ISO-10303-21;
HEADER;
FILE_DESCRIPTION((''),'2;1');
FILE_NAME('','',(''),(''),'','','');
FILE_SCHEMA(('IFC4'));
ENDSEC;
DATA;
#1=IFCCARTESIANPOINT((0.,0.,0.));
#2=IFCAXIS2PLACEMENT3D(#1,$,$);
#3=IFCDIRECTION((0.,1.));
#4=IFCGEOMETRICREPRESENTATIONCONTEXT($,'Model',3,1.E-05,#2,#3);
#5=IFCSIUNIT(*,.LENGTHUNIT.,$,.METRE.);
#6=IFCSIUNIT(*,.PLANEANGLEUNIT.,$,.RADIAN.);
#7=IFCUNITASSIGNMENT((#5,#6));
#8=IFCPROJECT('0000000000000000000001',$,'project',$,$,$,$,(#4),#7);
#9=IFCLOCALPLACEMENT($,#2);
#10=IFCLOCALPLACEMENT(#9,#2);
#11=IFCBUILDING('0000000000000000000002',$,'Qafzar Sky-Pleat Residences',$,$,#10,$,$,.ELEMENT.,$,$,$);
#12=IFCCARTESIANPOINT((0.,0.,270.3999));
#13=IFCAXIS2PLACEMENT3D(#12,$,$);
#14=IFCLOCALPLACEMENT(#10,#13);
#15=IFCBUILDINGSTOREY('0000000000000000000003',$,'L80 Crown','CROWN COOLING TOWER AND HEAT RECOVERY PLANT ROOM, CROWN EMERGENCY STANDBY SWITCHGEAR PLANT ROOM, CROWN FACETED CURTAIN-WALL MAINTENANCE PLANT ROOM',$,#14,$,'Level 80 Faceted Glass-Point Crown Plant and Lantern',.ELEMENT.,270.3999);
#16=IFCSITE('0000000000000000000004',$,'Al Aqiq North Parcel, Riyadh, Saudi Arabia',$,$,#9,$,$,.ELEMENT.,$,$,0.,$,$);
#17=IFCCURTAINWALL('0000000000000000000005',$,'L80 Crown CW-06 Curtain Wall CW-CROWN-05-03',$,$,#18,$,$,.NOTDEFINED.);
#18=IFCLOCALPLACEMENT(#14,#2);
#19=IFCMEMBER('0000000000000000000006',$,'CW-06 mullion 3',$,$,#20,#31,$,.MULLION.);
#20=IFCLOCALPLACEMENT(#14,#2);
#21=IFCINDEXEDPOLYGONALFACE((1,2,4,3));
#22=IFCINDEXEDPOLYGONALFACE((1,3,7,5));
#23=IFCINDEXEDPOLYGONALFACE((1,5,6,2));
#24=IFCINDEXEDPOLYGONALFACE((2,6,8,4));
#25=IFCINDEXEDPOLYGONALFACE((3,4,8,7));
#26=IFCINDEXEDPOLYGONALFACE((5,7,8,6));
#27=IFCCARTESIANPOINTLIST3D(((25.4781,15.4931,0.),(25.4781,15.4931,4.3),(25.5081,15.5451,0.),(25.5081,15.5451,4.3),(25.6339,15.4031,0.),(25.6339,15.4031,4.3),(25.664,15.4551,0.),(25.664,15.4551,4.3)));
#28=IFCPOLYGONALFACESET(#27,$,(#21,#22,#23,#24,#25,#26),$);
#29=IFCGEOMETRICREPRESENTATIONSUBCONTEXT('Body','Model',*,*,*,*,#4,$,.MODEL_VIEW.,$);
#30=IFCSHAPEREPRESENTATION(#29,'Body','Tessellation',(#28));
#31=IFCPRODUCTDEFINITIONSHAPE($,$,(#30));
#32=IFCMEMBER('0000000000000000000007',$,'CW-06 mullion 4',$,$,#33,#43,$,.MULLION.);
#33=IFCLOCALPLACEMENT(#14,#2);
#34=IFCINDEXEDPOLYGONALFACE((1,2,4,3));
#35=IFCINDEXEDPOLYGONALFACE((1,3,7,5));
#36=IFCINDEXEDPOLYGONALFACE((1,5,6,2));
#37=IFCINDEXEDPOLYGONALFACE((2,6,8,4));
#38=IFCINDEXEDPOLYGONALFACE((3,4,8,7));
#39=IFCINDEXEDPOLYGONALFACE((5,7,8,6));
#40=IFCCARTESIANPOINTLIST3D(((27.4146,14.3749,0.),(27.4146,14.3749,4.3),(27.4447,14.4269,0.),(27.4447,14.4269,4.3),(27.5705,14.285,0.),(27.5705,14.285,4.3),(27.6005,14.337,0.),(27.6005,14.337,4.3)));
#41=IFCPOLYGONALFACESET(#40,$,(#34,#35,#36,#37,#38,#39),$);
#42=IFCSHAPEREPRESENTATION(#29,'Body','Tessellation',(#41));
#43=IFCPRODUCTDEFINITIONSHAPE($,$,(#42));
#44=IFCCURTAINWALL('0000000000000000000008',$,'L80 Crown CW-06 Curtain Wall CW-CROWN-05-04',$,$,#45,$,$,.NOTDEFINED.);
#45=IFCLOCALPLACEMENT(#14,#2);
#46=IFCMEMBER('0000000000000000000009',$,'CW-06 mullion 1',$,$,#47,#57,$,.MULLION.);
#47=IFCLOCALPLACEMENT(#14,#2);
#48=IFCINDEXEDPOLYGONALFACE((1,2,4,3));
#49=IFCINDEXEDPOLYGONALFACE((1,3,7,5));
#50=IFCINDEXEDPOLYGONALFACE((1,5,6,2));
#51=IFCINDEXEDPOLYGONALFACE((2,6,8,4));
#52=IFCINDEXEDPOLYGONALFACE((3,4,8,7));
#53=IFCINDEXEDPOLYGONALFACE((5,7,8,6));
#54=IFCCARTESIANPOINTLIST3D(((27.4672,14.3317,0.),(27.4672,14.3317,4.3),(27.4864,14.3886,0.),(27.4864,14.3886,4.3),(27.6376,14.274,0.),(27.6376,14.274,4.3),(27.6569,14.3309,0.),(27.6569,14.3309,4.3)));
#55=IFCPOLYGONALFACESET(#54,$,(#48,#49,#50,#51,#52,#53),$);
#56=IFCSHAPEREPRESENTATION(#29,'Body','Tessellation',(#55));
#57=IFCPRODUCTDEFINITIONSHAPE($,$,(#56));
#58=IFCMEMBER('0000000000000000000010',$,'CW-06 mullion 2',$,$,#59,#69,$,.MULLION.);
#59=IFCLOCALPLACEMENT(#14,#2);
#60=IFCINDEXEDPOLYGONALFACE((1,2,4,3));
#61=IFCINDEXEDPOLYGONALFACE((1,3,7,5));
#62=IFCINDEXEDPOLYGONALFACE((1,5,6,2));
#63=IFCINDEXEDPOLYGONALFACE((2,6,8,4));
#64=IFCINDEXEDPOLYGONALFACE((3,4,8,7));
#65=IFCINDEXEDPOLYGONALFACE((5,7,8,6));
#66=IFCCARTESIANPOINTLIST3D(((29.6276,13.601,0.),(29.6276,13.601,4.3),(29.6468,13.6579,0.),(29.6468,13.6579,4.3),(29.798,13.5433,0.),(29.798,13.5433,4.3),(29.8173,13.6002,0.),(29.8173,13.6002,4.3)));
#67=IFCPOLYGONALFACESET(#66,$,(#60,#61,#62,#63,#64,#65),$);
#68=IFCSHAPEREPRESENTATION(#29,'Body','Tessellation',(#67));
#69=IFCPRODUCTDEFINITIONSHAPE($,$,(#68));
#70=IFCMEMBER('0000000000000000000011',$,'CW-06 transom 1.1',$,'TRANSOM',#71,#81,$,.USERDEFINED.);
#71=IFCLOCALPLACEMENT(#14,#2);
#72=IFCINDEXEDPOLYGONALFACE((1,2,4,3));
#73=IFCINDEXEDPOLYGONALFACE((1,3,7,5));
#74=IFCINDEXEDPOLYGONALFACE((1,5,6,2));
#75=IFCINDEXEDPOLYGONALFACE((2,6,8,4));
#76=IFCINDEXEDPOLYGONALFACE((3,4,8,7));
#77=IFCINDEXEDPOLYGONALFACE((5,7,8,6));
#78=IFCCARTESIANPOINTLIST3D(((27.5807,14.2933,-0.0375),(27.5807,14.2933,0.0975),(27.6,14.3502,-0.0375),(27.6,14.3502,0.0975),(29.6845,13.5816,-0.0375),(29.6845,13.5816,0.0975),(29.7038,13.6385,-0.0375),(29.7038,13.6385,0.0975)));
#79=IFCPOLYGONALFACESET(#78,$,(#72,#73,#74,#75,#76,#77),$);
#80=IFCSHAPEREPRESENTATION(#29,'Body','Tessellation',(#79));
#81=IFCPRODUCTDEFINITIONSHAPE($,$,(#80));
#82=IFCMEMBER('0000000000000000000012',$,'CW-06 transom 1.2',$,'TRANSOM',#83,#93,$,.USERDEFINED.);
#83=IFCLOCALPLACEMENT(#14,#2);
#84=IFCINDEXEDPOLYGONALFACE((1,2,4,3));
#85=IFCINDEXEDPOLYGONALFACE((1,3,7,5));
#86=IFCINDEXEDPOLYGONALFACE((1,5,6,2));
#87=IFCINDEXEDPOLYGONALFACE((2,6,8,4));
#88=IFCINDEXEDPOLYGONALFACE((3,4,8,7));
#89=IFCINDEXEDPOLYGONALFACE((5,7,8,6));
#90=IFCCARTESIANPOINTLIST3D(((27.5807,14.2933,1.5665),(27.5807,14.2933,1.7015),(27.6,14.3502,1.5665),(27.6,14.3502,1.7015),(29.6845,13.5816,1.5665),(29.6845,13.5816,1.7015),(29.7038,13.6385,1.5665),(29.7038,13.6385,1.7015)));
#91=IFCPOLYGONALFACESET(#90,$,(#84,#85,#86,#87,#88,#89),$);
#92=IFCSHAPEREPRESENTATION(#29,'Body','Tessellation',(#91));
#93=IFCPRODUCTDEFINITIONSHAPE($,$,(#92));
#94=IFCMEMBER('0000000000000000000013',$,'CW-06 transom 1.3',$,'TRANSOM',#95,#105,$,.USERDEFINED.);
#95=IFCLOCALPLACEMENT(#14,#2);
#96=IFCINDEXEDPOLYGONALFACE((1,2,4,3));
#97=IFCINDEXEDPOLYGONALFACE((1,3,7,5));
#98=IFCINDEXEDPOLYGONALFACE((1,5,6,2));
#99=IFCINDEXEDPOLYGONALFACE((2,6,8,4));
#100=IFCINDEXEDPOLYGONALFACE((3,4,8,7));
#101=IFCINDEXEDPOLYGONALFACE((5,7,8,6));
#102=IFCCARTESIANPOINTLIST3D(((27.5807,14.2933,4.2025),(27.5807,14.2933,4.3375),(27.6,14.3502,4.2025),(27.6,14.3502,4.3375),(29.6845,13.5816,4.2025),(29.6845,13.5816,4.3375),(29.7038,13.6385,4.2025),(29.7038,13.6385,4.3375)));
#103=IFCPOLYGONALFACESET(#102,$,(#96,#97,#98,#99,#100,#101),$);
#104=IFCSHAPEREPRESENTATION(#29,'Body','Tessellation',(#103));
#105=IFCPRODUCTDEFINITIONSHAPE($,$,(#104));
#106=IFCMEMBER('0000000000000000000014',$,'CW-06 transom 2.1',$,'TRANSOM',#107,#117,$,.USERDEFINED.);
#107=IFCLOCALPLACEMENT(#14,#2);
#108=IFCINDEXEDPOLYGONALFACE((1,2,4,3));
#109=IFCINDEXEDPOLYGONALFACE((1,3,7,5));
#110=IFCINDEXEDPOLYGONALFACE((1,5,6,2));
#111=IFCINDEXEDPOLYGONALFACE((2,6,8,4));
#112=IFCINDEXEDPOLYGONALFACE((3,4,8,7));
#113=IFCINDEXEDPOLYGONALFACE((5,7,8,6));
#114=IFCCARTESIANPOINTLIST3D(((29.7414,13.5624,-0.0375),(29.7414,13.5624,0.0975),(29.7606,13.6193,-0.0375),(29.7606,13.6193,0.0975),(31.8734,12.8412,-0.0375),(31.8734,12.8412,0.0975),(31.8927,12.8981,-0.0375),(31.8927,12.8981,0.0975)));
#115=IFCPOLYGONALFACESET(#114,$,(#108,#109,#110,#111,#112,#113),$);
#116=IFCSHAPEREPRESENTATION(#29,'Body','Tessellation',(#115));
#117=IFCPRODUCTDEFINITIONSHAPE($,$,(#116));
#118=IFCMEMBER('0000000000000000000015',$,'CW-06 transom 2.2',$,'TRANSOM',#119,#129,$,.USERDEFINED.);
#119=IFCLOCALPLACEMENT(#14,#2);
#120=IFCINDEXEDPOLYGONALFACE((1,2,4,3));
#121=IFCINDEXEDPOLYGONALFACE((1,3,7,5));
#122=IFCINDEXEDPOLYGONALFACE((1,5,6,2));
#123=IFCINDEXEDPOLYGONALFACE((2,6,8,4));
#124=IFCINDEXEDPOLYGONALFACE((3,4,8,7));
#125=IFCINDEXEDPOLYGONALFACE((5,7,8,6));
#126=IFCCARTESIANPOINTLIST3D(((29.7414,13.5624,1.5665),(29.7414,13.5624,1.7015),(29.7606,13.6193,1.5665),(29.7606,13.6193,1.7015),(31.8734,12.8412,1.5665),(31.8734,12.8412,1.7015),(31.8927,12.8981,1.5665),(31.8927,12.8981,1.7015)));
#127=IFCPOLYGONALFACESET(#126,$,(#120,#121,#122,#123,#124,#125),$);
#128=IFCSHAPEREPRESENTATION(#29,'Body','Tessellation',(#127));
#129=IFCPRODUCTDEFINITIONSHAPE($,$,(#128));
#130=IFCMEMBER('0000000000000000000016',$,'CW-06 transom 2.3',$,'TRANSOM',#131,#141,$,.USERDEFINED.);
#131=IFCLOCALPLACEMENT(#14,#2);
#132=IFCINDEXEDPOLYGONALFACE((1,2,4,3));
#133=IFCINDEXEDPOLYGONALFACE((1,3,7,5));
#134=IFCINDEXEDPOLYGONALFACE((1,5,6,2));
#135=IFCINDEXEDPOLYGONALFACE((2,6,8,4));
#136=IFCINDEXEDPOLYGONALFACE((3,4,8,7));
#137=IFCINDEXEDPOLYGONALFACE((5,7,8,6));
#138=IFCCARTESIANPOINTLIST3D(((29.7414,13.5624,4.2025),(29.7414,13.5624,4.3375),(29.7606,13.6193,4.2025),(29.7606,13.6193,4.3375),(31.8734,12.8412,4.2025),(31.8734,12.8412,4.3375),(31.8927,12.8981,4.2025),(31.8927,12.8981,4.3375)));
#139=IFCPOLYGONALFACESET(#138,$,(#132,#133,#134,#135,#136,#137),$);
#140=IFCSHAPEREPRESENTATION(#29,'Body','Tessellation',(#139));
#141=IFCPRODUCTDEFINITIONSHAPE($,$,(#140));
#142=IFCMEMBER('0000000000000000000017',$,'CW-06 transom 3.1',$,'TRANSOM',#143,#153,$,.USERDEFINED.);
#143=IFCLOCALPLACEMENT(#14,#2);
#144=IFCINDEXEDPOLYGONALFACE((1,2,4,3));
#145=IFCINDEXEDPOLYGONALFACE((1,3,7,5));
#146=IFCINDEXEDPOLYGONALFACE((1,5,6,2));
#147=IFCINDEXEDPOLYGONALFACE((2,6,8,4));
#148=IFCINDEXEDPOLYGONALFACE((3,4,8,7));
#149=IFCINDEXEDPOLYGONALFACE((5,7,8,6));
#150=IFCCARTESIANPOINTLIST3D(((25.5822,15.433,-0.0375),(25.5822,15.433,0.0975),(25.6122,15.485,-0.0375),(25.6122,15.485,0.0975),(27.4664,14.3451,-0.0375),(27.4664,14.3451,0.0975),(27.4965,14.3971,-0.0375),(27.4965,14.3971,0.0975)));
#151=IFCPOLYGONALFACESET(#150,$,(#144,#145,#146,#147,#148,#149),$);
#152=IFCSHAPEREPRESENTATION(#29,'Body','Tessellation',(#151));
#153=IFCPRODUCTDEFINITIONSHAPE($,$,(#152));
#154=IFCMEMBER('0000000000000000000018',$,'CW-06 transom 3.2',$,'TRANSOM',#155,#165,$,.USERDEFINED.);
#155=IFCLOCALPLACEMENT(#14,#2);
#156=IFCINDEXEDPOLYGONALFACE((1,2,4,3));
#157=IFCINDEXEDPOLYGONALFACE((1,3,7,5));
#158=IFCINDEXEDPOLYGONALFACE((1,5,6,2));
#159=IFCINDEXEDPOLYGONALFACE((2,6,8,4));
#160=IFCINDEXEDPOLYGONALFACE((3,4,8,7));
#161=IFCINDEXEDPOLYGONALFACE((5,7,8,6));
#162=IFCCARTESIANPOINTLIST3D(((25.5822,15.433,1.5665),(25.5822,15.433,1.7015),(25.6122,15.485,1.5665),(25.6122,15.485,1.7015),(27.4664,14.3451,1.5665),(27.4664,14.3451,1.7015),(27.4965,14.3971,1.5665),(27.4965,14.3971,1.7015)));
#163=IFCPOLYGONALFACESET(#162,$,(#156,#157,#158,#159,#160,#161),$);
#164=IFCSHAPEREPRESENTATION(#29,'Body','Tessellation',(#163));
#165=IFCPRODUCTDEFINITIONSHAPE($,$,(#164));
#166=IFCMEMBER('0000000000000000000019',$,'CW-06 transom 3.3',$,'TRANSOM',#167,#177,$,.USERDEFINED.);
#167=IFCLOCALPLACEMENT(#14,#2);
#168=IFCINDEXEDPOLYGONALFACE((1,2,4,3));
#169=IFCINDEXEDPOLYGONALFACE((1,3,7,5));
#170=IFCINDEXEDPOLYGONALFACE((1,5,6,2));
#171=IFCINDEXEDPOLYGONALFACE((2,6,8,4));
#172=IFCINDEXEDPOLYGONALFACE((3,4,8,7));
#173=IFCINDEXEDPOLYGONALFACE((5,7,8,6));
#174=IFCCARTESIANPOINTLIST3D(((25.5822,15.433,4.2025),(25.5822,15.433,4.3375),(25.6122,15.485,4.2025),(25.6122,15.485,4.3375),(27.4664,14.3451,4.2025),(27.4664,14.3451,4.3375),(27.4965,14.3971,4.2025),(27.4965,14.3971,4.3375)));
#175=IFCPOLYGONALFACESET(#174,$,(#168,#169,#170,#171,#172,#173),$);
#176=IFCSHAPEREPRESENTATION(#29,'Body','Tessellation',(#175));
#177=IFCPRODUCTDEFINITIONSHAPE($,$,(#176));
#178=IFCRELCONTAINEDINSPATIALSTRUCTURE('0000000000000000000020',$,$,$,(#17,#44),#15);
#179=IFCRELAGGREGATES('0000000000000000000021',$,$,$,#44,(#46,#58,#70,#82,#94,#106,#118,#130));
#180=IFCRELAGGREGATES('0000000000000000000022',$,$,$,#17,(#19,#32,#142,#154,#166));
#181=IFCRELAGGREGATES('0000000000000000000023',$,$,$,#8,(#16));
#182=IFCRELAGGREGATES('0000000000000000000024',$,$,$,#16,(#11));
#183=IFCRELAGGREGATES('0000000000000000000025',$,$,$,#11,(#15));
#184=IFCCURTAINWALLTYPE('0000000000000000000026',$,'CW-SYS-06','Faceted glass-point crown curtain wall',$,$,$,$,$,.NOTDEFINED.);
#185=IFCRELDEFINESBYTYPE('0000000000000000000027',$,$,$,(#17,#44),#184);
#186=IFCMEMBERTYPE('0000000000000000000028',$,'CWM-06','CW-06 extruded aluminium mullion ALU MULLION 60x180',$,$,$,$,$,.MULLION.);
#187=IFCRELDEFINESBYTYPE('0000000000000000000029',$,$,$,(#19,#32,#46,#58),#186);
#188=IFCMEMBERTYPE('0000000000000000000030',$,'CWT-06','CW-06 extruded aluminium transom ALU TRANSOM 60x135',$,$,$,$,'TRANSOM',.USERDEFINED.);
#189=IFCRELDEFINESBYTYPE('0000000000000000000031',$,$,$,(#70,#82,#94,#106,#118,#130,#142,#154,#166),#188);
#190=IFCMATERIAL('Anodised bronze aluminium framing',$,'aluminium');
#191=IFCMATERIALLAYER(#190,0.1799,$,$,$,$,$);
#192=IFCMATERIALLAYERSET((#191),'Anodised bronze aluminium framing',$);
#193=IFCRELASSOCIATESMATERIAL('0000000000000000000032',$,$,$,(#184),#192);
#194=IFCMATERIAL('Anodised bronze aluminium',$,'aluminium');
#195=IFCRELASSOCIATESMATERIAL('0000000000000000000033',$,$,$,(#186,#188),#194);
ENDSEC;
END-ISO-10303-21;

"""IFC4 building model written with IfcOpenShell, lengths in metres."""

from ifc_helpers import new_model, si_unit, direction, frame, origin, origin_2d, place, context, subcontext, project, spatial, rectangle, extrude, source, transform, mapped, material, layer, layer_set, material_profile, profile_set, type_object, element, aggregate, save


model = new_model("IFC4")

# Units and contexts
model_context = context("Model", 3, precision=1e-05, world=origin(), true_north=direction((0.0, 1.0)))
body_context = subcontext(model_context, "Body", "Model", "MODEL_VIEW")
ifc_project = project(units=[si_unit("LENGTHUNIT", "METRE"), si_unit("PLANEANGLEUNIT", "RADIAN")], contexts=[model_context])

# Site, building, storey
site_placement = place(None, origin())
site = spatial("IfcSite", under=ifc_project, at=site_placement, Name="Al Aqiq North Parcel, Riyadh, Saudi Arabia", CompositionType="ELEMENT", RefElevation=0.0)
building_placement = place(site_placement, origin())
building = spatial("IfcBuilding", under=site, at=building_placement, Name="Qafzar Sky-Pleat Residences", CompositionType="ELEMENT")
storey_placement = place(building_placement, frame((0.0, 0.0, 270.3999)))
storey = spatial("IfcBuildingStorey", under=building, at=storey_placement, Name="L80 Crown", Description="CROWN COOLING TOWER AND HEAT RECOVERY PLANT ROOM, CROWN EMERGENCY STANDBY SWITCHGEAR PLANT ROOM, CROWN FACETED CURTAIN-WALL MAINTENANCE PLANT ROOM", LongName="Level 80 Faceted Glass-Point Crown Plant and Lantern", CompositionType="ELEMENT", Elevation=270.3999)

# Curtain walls, members
ifc_material_1 = material(Name="Anodised bronze aluminium framing", Category="aluminium")
ifc_layer_1 = layer(ifc_material_1, 0.1799)
ifc_layer_set_1 = layer_set([ifc_layer_1], Name="Anodised bronze aluminium framing")
curtain_wall_type = type_object("IfcCurtainWallType", Name="CW-SYS-06", Description="Faceted glass-point crown curtain wall", PredefinedType="NOTDEFINED", material=ifc_layer_set_1)
curtain_wall_1_placement = place(storey_placement, origin())
curtain_wall_1 = element("IfcCurtainWall", 1, at=curtain_wall_1_placement, inside=storey, type_object=curtain_wall_type, Name="L80 Crown CW-06 Curtain Wall CW-CROWN-05-03", PredefinedType="NOTDEFINED")
ifc_material_2 = material(Name="Anodised bronze aluminium", Category="aluminium")
ifc_material_profile_1 = material_profile(ifc_material_2, rectangle(XDim=0.0601, YDim=0.1799, at=origin_2d()), Name="ALU MULLION 60x180")
ifc_profile_set_1 = profile_set([ifc_material_profile_1], Name="Anodised bronze aluminium")
member_type_1 = type_object("IfcMemberType", Name="CWM-06", Description="CW-06 extruded aluminium mullion ALU MULLION 60x180", PredefinedType="MULLION", material=ifc_profile_set_1)
shared_shape_1 = source(origin(), body_context, "Body", "SweptSolid", [
    extrude(rectangle(XDim=0.0601, YDim=0.1799, at=origin_2d()), origin(), (0.0, 0.0, 1.0), 4.3),
])
member_1_placement = place(storey_placement, frame((25.571, 15.4741, 0.0), z_axis=(0.0, 0.0, 1.0), x_axis=(0.500003, 0.866024, 0.0)))
member_1 = element("IfcMember", 2, at=member_1_placement, type_object=member_type_1, Name="CW-06 mullion 3", PredefinedType="MULLION", context=body_context, shape_type="MappedRepresentation", body=[
    mapped(shared_shape_1, transform((0.0, 0.0, 0.0), x_axis=(1.0, 0.0, 0.0), y_axis=(0.0, 1.0, 0.0), z_axis=(0.0, 0.0, 1.0), scale=1.0)),
])
member_2_placement = place(storey_placement, frame((27.5076, 14.356, 0.0), z_axis=(0.0, 0.0, 1.0), x_axis=(0.500003, 0.866024, 0.0)))
member_2 = element("IfcMember", 3, at=member_2_placement, type_object=member_type_1, Name="CW-06 mullion 4", PredefinedType="MULLION", context=body_context, shape_type="MappedRepresentation", body=[
    mapped(shared_shape_1, transform((0.0, 0.0, 0.0), x_axis=(1.0, 0.0, 0.0), y_axis=(0.0, 1.0, 0.0), z_axis=(0.0, 0.0, 1.0), scale=1.0)),
])
curtain_wall_2_placement = place(storey_placement, origin())
curtain_wall_2 = element("IfcCurtainWall", 4, at=curtain_wall_2_placement, inside=storey, type_object=curtain_wall_type, Name="L80 Crown CW-06 Curtain Wall CW-CROWN-05-04", PredefinedType="NOTDEFINED")
member_3_placement = place(storey_placement, frame((27.562, 14.3313, 0.0), z_axis=(0.0, 0.0, 1.0), x_axis=(0.320439, 0.947269, 0.0)))
member_3 = element("IfcMember", 5, at=member_3_placement, type_object=member_type_1, Name="CW-06 mullion 1", PredefinedType="MULLION", context=body_context, shape_type="MappedRepresentation", body=[
    mapped(shared_shape_1, transform((0.0, 0.0, 0.0), x_axis=(1.0, 0.0, 0.0), y_axis=(0.0, 1.0, 0.0), z_axis=(0.0, 0.0, 1.0), scale=1.0)),
])
member_4_placement = place(storey_placement, frame((29.7224, 13.6006, 0.0), z_axis=(0.0, 0.0, 1.0), x_axis=(0.320439, 0.947269, 0.0)))
member_4 = element("IfcMember", 6, at=member_4_placement, type_object=member_type_1, Name="CW-06 mullion 2", PredefinedType="MULLION", context=body_context, shape_type="MappedRepresentation", body=[
    mapped(shared_shape_1, transform((0.0, 0.0, 0.0), x_axis=(1.0, 0.0, 0.0), y_axis=(0.0, 1.0, 0.0), z_axis=(0.0, 0.0, 1.0), scale=1.0)),
])
ifc_material_profile_2 = material_profile(ifc_material_2, rectangle(XDim=0.0601, YDim=0.135, at=origin_2d()), Name="ALU TRANSOM 60x135")
ifc_profile_set_2 = profile_set([ifc_material_profile_2], Name="Anodised bronze aluminium")
member_type_2 = type_object("IfcMemberType", Name="CWT-06", Description="CW-06 extruded aluminium transom ALU TRANSOM 60x135", ElementType="TRANSOM", PredefinedType="USERDEFINED", material=ifc_profile_set_2)
shared_shape_2 = source(origin(), body_context, "Body", "SweptSolid", [
    extrude(rectangle(XDim=0.0601, YDim=0.135, at=origin_2d()), origin(), (0.0, 0.0, 1.0), 2.2209),
])
member_5_placement = place(storey_placement, frame((27.5903, 14.3218, 0.03), z_axis=(0.947267, -0.320446, 0.0), x_axis=(0.320446, 0.947267, 0.0)))
member_5 = element("IfcMember", 7, at=member_5_placement, type_object=member_type_2, Name="CW-06 transom 1.1", ObjectType="TRANSOM", PredefinedType="USERDEFINED", context=body_context, shape_type="MappedRepresentation", body=[
    mapped(shared_shape_2, transform((0.0, 0.0, 0.0), x_axis=(1.0, 0.0, 0.0), y_axis=(0.0, 1.0, 0.0), z_axis=(0.0, 0.0, 1.0), scale=1.0)),
])
member_6_placement = place(storey_placement, frame((27.5903, 14.3218, 1.634), z_axis=(0.947267, -0.320446, 0.0), x_axis=(0.320446, 0.947267, 0.0)))
member_6 = element("IfcMember", 8, at=member_6_placement, type_object=member_type_2, Name="CW-06 transom 1.2", ObjectType="TRANSOM", PredefinedType="USERDEFINED", context=body_context, shape_type="MappedRepresentation", body=[
    mapped(shared_shape_2, transform((0.0, 0.0, 0.0), x_axis=(1.0, 0.0, 0.0), y_axis=(0.0, 1.0, 0.0), z_axis=(0.0, 0.0, 1.0), scale=1.0)),
])
member_7_placement = place(storey_placement, frame((27.5903, 14.3218, 4.27), z_axis=(0.947267, -0.320446, 0.0), x_axis=(0.320446, 0.947267, 0.0)))
member_7 = element("IfcMember", 9, at=member_7_placement, type_object=member_type_2, Name="CW-06 transom 1.3", ObjectType="TRANSOM", PredefinedType="USERDEFINED", context=body_context, shape_type="MappedRepresentation", body=[
    mapped(shared_shape_2, transform((0.0, 0.0, 0.0), x_axis=(1.0, 0.0, 0.0), y_axis=(0.0, 1.0, 0.0), z_axis=(0.0, 0.0, 1.0), scale=1.0)),
])
shared_shape_3 = source(origin(), body_context, "Body", "SweptSolid", [
    extrude(rectangle(XDim=0.0601, YDim=0.135, at=origin_2d()), origin(), (0.0, 0.0, 1.0), 2.2507),
])
member_8_placement = place(storey_placement, frame((29.751, 13.5908, 0.03), z_axis=(0.947275, -0.320422, 0.0), x_axis=(0.320422, 0.947275, 0.0)))
member_8 = element("IfcMember", 10, at=member_8_placement, type_object=member_type_2, Name="CW-06 transom 2.1", ObjectType="TRANSOM", PredefinedType="USERDEFINED", context=body_context, shape_type="MappedRepresentation", body=[
    mapped(shared_shape_3, transform((0.0, 0.0, 0.0), x_axis=(1.0, 0.0, 0.0), y_axis=(0.0, 1.0, 0.0), z_axis=(0.0, 0.0, 1.0), scale=1.0)),
])
member_9_placement = place(storey_placement, frame((29.751, 13.5908, 1.634), z_axis=(0.947275, -0.320422, 0.0), x_axis=(0.320422, 0.947275, 0.0)))
member_9 = element("IfcMember", 11, at=member_9_placement, type_object=member_type_2, Name="CW-06 transom 2.2", ObjectType="TRANSOM", PredefinedType="USERDEFINED", context=body_context, shape_type="MappedRepresentation", body=[
    mapped(shared_shape_3, transform((0.0, 0.0, 0.0), x_axis=(1.0, 0.0, 0.0), y_axis=(0.0, 1.0, 0.0), z_axis=(0.0, 0.0, 1.0), scale=1.0)),
])
member_10_placement = place(storey_placement, frame((29.751, 13.5908, 4.27), z_axis=(0.947275, -0.320422, 0.0), x_axis=(0.320422, 0.947275, 0.0)))
member_10 = element("IfcMember", 12, at=member_10_placement, type_object=member_type_2, Name="CW-06 transom 2.3", ObjectType="TRANSOM", PredefinedType="USERDEFINED", context=body_context, shape_type="MappedRepresentation", body=[
    mapped(shared_shape_3, transform((0.0, 0.0, 0.0), x_axis=(1.0, 0.0, 0.0), y_axis=(0.0, 1.0, 0.0), z_axis=(0.0, 0.0, 1.0), scale=1.0)),
])

# Members
shared_shape_4 = source(origin(), body_context, "Body", "SweptSolid", [
    extrude(rectangle(XDim=0.0601, YDim=0.135, at=origin_2d()), origin(), (0.0, 0.0, 1.0), 2.1758),
])
member_11_placement = place(storey_placement, frame((25.5972, 15.459, 0.03), z_axis=(0.866025, -0.500001, 0.0), x_axis=(0.500001, 0.866025, 0.0)))
member_11 = element("IfcMember", 13, at=member_11_placement, type_object=member_type_2, Name="CW-06 transom 3.1", ObjectType="TRANSOM", PredefinedType="USERDEFINED", context=body_context, shape_type="MappedRepresentation", body=[
    mapped(shared_shape_4, transform((0.0, 0.0, 0.0), x_axis=(1.0, 0.0, 0.0), y_axis=(0.0, 1.0, 0.0), z_axis=(0.0, 0.0, 1.0), scale=1.0)),
])
member_12_placement = place(storey_placement, frame((25.5972, 15.459, 1.634), z_axis=(0.866025, -0.500001, 0.0), x_axis=(0.500001, 0.866025, 0.0)))
member_12 = element("IfcMember", 14, at=member_12_placement, type_object=member_type_2, Name="CW-06 transom 3.2", ObjectType="TRANSOM", PredefinedType="USERDEFINED", context=body_context, shape_type="MappedRepresentation", body=[
    mapped(shared_shape_4, transform((0.0, 0.0, 0.0), x_axis=(1.0, 0.0, 0.0), y_axis=(0.0, 1.0, 0.0), z_axis=(0.0, 0.0, 1.0), scale=1.0)),
])
member_13_placement = place(storey_placement, frame((25.5972, 15.459, 4.27), z_axis=(0.866025, -0.500001, 0.0), x_axis=(0.500001, 0.866025, 0.0)))
member_13 = element("IfcMember", 15, at=member_13_placement, type_object=member_type_2, Name="CW-06 transom 3.3", ObjectType="TRANSOM", PredefinedType="USERDEFINED", context=body_context, shape_type="MappedRepresentation", body=[
    mapped(shared_shape_4, transform((0.0, 0.0, 0.0), x_axis=(1.0, 0.0, 0.0), y_axis=(0.0, 1.0, 0.0), z_axis=(0.0, 0.0, 1.0), scale=1.0)),
])

aggregate(curtain_wall_2, [member_3, member_4, member_5, member_6, member_7, member_8, member_9, member_10])
aggregate(curtain_wall_1, [member_1, member_2, member_11, member_12, member_13])

save(model, "model.ifc")
